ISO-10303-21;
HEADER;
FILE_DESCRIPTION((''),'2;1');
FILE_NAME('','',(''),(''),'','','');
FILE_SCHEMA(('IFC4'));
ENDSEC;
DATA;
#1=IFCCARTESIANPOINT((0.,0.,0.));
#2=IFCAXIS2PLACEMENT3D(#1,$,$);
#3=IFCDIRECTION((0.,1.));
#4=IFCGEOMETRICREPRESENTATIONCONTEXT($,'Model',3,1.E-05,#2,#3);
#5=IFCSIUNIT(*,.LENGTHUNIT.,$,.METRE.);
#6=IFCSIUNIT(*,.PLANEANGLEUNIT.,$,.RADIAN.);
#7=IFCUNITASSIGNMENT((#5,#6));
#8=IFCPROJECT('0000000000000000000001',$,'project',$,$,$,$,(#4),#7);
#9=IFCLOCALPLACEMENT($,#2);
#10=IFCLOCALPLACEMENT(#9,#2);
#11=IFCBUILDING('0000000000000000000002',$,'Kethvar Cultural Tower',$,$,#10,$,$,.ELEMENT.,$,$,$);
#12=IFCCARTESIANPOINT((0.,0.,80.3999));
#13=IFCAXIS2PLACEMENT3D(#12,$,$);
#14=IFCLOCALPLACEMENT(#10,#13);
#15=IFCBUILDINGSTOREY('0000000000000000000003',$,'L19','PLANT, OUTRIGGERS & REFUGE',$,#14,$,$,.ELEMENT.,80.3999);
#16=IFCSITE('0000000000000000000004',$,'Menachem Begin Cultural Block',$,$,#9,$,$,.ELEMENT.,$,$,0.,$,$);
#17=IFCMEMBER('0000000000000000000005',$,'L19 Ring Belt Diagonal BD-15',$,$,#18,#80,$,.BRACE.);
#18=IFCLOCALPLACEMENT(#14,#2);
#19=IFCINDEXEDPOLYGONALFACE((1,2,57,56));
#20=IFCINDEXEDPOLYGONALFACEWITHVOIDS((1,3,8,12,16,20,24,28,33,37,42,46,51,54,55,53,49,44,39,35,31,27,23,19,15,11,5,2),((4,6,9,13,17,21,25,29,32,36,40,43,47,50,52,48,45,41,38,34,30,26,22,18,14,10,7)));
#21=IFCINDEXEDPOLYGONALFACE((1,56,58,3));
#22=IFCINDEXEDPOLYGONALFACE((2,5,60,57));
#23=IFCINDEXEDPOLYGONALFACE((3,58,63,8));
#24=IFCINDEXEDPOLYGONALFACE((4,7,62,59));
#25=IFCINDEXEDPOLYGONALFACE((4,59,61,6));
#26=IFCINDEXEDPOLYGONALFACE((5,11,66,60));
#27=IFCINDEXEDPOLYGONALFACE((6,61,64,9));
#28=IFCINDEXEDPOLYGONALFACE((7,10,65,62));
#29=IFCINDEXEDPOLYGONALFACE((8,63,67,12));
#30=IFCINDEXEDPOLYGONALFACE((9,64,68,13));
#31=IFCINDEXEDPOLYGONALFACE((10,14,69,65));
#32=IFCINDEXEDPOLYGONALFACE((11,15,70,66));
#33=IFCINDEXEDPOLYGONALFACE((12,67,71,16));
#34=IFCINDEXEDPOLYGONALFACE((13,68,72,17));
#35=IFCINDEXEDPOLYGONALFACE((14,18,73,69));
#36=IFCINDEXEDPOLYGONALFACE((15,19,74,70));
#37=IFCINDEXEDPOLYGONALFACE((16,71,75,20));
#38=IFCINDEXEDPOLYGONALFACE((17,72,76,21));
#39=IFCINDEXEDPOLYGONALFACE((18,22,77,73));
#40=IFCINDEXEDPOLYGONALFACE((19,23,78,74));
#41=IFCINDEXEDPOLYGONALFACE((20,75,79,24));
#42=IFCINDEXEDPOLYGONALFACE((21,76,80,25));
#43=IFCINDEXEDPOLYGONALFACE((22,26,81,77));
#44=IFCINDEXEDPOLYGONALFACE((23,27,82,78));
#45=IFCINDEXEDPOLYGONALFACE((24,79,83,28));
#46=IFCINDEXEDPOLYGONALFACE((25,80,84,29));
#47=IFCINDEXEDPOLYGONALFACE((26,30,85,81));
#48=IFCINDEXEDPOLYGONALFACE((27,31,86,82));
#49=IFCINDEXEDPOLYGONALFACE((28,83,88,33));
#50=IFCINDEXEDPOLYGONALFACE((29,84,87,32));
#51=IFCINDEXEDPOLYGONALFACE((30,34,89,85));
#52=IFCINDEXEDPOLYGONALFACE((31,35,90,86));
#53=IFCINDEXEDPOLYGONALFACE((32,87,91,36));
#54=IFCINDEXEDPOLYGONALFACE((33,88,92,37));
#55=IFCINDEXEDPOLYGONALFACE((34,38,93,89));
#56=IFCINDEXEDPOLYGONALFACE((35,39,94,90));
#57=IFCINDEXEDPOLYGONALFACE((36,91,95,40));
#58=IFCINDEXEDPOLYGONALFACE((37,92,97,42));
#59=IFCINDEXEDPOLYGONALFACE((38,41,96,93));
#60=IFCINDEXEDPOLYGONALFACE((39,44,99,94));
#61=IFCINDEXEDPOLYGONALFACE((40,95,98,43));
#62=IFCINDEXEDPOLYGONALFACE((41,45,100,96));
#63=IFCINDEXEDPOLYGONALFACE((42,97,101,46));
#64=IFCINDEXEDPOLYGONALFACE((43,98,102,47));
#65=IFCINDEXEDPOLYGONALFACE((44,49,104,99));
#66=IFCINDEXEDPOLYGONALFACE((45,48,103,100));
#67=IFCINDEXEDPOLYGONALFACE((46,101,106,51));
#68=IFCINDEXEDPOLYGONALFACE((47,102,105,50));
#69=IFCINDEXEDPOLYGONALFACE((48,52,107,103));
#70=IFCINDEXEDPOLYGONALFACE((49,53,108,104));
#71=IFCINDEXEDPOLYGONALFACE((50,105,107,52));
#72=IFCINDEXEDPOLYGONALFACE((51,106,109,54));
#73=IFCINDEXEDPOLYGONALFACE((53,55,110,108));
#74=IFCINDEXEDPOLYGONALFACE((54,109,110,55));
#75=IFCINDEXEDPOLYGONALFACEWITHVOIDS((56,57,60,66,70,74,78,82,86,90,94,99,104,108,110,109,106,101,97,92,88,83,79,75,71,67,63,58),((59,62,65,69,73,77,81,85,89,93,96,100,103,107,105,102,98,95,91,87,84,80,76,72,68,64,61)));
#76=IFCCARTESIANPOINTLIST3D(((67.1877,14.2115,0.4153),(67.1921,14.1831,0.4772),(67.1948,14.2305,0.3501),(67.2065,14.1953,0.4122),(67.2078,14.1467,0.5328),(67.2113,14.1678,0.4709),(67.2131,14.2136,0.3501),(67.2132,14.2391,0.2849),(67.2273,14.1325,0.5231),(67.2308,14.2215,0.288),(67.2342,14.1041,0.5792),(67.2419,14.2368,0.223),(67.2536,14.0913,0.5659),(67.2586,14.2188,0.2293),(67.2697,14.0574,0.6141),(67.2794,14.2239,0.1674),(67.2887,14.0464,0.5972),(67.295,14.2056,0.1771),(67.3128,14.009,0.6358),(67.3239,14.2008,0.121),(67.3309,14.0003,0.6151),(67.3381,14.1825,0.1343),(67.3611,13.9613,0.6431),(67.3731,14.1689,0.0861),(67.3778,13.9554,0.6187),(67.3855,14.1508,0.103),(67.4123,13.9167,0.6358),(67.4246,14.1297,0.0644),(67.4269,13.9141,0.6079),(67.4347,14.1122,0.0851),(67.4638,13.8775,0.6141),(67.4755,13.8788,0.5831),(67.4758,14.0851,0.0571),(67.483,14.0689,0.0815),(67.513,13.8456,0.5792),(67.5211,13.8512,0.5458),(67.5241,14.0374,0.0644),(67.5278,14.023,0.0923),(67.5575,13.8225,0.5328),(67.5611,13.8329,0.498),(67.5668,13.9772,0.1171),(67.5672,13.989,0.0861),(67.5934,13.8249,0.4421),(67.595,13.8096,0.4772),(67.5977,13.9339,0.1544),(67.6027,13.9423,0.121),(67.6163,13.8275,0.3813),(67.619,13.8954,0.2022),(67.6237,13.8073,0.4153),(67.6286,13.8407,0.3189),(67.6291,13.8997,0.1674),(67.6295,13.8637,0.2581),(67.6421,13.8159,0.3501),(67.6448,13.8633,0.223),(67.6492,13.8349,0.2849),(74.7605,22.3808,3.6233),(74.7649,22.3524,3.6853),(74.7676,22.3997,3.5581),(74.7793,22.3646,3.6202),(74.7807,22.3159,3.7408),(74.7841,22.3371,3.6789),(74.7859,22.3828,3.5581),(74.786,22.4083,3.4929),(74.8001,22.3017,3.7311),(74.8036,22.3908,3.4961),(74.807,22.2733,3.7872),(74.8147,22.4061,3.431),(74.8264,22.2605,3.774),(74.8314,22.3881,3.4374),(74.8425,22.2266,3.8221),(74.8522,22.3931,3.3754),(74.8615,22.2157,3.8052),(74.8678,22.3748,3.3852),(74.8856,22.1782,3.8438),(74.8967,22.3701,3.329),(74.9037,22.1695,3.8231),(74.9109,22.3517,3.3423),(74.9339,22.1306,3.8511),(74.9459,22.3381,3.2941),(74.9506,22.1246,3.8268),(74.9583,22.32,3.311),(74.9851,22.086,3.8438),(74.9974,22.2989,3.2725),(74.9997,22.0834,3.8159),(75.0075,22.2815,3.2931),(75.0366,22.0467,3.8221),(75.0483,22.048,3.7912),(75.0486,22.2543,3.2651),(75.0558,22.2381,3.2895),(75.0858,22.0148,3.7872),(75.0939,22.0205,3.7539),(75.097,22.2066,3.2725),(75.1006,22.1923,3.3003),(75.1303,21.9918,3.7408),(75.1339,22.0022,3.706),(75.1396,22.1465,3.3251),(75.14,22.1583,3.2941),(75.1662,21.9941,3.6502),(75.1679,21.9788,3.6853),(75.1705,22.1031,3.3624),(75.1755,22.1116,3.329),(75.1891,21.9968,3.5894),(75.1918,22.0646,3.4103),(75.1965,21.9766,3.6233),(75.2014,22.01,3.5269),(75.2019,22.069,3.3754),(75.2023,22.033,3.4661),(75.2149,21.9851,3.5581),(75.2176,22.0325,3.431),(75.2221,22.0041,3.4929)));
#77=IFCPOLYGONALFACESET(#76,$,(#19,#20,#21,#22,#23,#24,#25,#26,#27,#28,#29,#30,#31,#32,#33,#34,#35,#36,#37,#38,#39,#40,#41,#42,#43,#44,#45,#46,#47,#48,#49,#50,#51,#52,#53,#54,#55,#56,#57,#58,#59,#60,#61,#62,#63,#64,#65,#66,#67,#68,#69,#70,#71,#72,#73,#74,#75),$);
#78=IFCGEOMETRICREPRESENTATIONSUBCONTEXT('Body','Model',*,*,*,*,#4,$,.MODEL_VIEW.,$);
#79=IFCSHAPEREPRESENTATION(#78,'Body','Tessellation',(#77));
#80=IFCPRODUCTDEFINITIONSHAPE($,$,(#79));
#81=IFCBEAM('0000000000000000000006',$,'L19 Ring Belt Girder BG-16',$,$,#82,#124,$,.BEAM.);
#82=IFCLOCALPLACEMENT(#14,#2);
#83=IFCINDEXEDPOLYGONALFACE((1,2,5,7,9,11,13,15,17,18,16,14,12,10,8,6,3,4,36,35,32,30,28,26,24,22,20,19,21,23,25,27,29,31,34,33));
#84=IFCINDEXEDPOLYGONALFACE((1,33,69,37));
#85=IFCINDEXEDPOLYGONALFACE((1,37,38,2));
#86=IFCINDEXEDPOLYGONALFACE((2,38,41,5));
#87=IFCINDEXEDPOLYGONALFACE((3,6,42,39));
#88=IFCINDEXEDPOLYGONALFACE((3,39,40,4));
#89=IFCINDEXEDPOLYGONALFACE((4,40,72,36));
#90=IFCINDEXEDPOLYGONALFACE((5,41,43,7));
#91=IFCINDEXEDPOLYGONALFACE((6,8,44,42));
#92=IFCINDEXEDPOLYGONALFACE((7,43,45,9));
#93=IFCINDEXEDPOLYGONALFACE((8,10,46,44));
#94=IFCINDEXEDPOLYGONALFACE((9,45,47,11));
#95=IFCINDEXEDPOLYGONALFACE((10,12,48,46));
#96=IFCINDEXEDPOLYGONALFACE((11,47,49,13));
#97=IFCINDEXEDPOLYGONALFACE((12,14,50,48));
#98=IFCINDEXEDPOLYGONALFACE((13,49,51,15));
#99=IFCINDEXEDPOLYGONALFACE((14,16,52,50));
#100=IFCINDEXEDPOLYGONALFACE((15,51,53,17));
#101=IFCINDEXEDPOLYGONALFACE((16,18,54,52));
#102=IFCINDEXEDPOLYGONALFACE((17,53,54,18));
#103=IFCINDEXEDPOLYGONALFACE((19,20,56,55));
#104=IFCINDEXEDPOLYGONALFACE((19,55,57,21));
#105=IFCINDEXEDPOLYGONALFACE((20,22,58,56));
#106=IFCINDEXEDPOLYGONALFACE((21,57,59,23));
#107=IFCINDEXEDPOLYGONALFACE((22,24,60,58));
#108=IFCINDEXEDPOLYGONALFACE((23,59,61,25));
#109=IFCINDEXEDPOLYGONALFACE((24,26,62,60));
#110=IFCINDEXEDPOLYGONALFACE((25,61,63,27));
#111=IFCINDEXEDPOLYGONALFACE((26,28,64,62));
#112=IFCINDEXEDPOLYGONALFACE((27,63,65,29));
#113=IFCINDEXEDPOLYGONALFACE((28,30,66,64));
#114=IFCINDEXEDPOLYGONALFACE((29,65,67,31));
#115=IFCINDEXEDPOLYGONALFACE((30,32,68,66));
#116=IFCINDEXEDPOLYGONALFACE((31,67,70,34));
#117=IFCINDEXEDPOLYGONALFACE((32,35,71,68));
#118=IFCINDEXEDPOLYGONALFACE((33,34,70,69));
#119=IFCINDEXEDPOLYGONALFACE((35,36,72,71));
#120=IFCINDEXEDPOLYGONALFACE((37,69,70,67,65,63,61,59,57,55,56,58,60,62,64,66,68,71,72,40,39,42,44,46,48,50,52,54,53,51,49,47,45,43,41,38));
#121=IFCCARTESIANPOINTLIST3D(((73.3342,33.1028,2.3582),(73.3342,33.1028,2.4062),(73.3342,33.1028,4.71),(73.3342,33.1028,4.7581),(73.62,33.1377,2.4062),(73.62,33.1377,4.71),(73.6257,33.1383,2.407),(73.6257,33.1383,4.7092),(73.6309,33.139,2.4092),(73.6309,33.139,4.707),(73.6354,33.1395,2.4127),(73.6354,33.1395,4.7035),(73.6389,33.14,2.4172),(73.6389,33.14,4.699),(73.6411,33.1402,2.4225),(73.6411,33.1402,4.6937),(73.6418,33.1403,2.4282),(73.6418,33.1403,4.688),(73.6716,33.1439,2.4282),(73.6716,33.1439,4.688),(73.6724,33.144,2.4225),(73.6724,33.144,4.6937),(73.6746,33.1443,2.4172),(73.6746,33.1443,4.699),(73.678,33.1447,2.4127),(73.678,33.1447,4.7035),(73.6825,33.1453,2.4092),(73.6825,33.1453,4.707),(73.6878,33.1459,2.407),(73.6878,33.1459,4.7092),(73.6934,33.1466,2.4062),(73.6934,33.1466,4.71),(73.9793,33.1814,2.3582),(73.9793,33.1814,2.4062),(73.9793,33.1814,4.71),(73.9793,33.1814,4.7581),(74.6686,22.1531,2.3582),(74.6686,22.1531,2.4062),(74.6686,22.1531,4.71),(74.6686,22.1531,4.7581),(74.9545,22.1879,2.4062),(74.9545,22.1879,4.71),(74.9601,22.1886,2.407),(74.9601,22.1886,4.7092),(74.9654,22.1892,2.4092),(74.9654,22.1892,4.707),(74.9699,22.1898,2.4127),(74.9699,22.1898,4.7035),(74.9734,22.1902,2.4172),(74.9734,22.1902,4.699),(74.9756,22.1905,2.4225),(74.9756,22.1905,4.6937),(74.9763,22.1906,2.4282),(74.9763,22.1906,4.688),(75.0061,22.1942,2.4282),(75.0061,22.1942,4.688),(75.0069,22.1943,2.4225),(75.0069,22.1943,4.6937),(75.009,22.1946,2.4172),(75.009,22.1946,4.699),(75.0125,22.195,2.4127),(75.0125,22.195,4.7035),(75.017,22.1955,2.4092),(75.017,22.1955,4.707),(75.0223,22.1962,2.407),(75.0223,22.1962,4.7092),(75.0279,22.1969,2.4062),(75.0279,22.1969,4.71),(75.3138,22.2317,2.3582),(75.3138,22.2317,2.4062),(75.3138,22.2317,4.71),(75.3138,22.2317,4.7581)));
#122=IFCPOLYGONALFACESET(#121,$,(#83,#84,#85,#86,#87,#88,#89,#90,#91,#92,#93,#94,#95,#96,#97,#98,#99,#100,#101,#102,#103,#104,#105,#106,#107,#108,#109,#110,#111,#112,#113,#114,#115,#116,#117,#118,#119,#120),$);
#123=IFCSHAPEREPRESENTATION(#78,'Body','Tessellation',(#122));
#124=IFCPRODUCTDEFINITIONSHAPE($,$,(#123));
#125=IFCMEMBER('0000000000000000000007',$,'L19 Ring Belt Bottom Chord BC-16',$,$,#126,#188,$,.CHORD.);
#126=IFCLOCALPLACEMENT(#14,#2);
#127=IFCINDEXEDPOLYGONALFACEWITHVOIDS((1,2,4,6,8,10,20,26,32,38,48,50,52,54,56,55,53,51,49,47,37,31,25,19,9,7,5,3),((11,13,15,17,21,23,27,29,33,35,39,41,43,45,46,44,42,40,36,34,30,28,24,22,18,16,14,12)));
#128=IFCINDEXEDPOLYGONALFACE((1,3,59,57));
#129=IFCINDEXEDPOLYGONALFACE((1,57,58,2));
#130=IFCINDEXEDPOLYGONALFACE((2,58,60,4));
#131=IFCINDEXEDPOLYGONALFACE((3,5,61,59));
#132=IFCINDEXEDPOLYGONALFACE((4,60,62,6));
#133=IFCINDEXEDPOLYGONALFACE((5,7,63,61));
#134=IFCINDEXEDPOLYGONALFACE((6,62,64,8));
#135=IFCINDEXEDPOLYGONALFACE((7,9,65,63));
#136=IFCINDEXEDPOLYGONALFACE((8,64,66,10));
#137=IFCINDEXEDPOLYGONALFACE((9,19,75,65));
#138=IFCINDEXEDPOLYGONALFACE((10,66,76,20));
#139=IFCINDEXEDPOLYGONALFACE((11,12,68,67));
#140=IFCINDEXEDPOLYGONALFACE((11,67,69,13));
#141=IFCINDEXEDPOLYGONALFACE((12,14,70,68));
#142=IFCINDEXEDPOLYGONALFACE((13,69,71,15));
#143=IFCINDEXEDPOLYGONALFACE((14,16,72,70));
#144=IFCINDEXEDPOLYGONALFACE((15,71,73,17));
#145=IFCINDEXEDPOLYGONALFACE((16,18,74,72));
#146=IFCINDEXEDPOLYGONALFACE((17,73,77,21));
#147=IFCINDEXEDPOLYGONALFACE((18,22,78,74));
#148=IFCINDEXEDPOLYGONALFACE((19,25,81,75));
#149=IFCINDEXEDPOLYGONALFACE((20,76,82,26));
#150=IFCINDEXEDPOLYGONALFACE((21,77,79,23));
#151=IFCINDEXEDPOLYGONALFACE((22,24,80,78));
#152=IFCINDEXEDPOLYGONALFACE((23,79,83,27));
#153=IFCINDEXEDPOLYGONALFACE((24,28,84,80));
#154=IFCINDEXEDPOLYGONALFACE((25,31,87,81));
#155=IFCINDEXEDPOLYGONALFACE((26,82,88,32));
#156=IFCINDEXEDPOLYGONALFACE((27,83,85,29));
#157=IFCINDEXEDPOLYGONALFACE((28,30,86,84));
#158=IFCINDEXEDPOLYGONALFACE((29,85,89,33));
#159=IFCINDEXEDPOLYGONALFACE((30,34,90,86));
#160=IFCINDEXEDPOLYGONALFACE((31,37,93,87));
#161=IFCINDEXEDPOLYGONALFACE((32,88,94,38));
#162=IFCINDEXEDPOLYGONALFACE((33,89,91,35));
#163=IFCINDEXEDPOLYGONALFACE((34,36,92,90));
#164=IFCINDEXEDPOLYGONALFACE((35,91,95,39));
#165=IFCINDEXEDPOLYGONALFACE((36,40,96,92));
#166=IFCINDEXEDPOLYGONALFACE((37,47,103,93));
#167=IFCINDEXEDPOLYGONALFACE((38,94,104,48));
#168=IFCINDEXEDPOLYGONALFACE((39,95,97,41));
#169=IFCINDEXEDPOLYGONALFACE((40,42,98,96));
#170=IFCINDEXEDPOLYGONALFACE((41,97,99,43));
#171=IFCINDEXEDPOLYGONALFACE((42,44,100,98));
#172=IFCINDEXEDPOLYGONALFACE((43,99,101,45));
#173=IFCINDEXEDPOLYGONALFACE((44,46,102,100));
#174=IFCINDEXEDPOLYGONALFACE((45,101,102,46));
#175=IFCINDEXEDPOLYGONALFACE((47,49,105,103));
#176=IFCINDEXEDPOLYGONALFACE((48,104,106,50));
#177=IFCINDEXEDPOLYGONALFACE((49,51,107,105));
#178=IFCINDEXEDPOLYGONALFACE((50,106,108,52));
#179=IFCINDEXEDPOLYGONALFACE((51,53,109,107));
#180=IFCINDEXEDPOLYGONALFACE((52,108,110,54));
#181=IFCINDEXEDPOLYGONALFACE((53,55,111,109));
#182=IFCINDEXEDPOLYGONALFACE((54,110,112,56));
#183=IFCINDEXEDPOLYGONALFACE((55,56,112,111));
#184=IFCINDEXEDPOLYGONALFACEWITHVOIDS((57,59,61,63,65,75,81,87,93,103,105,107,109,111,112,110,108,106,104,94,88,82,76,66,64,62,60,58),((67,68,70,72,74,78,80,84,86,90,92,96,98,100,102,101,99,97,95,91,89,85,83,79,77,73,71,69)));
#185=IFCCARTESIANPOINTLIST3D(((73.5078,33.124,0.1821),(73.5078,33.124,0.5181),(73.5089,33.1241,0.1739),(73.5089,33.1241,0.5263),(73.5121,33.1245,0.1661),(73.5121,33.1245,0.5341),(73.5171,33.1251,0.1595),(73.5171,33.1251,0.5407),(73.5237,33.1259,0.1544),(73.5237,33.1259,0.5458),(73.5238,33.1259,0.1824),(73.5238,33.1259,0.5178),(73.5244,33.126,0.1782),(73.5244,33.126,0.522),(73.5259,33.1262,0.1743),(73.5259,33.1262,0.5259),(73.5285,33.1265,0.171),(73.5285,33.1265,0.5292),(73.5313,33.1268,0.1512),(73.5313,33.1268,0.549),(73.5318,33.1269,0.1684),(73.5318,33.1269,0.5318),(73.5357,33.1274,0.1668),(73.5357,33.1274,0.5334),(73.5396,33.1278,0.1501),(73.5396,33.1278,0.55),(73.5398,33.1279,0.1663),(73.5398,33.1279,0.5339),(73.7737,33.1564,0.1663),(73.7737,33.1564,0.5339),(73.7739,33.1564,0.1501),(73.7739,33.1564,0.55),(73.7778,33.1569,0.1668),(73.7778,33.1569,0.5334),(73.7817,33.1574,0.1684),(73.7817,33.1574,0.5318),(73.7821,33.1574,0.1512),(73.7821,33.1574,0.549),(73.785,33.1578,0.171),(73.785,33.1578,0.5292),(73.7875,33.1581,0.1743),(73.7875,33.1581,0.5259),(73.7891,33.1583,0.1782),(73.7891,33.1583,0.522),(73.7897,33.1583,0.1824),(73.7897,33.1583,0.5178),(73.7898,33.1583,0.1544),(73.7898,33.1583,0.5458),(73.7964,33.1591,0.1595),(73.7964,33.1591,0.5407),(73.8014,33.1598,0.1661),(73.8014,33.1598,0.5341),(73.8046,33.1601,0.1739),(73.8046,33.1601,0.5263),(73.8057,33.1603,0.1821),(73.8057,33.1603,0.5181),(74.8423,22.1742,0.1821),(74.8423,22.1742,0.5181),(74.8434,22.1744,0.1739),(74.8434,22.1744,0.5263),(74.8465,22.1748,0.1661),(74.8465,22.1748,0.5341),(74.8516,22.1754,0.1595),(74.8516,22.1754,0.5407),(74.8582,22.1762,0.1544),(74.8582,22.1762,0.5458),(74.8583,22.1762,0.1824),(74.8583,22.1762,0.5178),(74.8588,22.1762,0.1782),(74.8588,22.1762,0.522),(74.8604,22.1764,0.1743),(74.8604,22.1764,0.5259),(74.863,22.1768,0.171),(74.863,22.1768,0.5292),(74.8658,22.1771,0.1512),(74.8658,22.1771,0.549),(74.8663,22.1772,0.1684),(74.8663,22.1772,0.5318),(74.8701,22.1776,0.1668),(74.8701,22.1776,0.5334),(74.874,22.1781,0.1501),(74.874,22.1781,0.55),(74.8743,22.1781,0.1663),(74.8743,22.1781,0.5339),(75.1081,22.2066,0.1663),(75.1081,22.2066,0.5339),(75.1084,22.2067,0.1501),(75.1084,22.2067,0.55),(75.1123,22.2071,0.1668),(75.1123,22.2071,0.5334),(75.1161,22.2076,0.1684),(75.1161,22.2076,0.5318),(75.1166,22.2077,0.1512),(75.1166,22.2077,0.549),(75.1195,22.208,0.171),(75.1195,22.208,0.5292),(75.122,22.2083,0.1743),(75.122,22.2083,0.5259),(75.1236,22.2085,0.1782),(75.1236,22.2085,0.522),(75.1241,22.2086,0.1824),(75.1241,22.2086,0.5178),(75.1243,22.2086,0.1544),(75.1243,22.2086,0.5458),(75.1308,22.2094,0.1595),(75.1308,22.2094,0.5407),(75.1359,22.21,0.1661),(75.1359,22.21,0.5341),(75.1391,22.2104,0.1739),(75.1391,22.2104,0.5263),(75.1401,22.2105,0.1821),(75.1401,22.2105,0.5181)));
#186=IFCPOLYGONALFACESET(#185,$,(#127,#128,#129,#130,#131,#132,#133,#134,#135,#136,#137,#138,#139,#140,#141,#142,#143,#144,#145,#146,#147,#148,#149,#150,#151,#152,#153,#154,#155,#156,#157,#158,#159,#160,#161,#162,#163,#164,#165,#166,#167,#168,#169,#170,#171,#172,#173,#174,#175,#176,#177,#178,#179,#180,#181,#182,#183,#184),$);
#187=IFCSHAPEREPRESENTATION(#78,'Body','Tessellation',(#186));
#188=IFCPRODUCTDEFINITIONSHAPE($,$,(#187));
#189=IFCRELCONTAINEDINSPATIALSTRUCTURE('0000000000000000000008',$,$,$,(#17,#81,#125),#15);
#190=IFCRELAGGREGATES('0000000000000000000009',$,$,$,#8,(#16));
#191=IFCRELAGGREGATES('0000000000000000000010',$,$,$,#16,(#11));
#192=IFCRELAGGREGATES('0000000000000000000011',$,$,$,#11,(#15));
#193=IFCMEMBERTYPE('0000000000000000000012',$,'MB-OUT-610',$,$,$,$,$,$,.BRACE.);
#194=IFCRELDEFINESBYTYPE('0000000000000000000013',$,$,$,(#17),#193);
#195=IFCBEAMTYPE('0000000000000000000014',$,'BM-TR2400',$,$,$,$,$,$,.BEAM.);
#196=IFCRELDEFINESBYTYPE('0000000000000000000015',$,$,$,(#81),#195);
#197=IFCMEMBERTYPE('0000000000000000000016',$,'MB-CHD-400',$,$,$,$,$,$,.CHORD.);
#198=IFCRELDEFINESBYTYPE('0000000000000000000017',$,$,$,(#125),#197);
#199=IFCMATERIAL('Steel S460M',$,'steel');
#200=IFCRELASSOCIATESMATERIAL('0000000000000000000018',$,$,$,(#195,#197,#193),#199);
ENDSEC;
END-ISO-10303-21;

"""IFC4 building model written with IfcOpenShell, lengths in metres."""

from ifc_helpers import new_model, si_unit, direction, frame, origin, origin_2d, place, context, subcontext, project, spatial, hollow_rectangle, hollow_circle, i_section, extrude, source, transform, mapped, material, material_profile, profile_set, type_object, element, save


model = new_model("IFC4")

# Units and contexts
model_context = context("Model", 3, precision=1e-05, world=origin(), true_north=direction((0.0, 1.0)))
body_context = subcontext(model_context, "Body", "Model", "MODEL_VIEW")
ifc_project = project(units=[si_unit("LENGTHUNIT", "METRE"), si_unit("PLANEANGLEUNIT", "RADIAN")], contexts=[model_context])

# Site, building, storey
site_placement = place(None, origin())
site = spatial("IfcSite", under=ifc_project, at=site_placement, Name="Menachem Begin Cultural Block", CompositionType="ELEMENT", RefElevation=0.0)
building_placement = place(site_placement, origin())
building = spatial("IfcBuilding", under=site, at=building_placement, Name="Kethvar Cultural Tower", CompositionType="ELEMENT")
storey_placement = place(building_placement, frame((0.0, 0.0, 80.3999)))
storey = spatial("IfcBuildingStorey", under=building, at=storey_placement, Name="L19", Description="PLANT, OUTRIGGERS & REFUGE", CompositionType="ELEMENT", Elevation=80.3999)

# Shared definitions
ifc_material_1 = material(Name="Steel S460M", Category="steel")

# Shared definitions
ifc_material_profile_1 = material_profile(ifc_material_1, i_section(OverallWidth=0.6499, OverallDepth=2.3999, WebThickness=0.03, FlangeThickness=0.0481, FilletRadius=0.022, at=origin_2d()), Name="Steel S460M — PG2400x650x48x30")
ifc_profile_set_1 = profile_set([ifc_material_profile_1], Name="Steel S460M — PG2400x650x48x30")
beam_type = type_object("IfcBeamType", Name="BM-TR2400", PredefinedType="BEAM", material=ifc_profile_set_1)

# Member
ifc_material_profile_2 = material_profile(ifc_material_1, hollow_rectangle(XDim=0.3, YDim=0.3999, WallThickness=0.0161, InnerFilletRadius=0.0161, OuterFilletRadius=0.032, at=origin_2d()), Name="Steel S460M — RHS400x300x16")
ifc_profile_set_2 = profile_set([ifc_material_profile_2], Name="Steel S460M — RHS400x300x16")
member_type_1 = type_object("IfcMemberType", Name="MB-CHD-400", PredefinedType="CHORD", material=ifc_profile_set_2)
ifc_material_profile_3 = material_profile(ifc_material_1, hollow_circle(Radius=0.3049, WallThickness=0.0249, at=origin_2d()), Name="Steel S460M — CHS610x25")
ifc_profile_set_3 = profile_set([ifc_material_profile_3], Name="Steel S460M — CHS610x25")
member_type_2 = type_object("IfcMemberType", Name="MB-OUT-610", PredefinedType="BRACE", material=ifc_profile_set_3)
shared_shape_1 = source(origin(), body_context, "Body", "SweptSolid", [
    extrude(hollow_circle(Radius=0.3049, WallThickness=0.0249, at=origin_2d()), origin(), (0.0, 0.0, 1.0), 11.592),
])
member_1_placement = place(storey_placement, frame((67.4185, 14.0232, 0.3501), z_axis=(0.653276, 0.704729, 0.276744), x_axis=(-0.733372, 0.679828, 0.0)))
element("IfcMember", 1, at=member_1_placement, inside=storey, type_object=member_type_2, Name="L19 Ring Belt Diagonal BD-15", PredefinedType="BRACE", context=body_context, shape_type="MappedRepresentation", body=[
    mapped(shared_shape_1, transform((0.0, 0.0, 0.0), scale=1.0)),
])

# Beam
shared_shape_2 = source(origin(), body_context, "Body", "SweptSolid", [
    extrude(i_section(OverallWidth=0.6499, OverallDepth=2.3999, WebThickness=0.03, FlangeThickness=0.0481, FilletRadius=0.022, at=origin_2d()), origin(), (0.0, 0.0, 1.0), 11.0308),
])
beam_1_placement = place(storey_placement, frame((74.9912, 22.1924, 3.5581), z_axis=(-0.120978, 0.992655, 0.0), x_axis=(-0.992655, -0.120978, 0.0)))
element("IfcBeam", 2, at=beam_1_placement, inside=storey, type_object=beam_type, Name="L19 Ring Belt Girder BG-16", PredefinedType="BEAM", context=body_context, shape_type="MappedRepresentation", body=[
    mapped(shared_shape_2, transform((0.0, 0.0, 0.0), scale=1.0)),
])

# Member
shared_shape_3 = source(origin(), body_context, "Body", "SweptSolid", [
    extrude(hollow_rectangle(XDim=0.3, YDim=0.3999, WallThickness=0.0161, InnerFilletRadius=0.0161, OuterFilletRadius=0.032, at=origin_2d()), origin(), (0.0, 0.0, 1.0), 11.0308),
])
member_2_placement = place(storey_placement, frame((74.9912, 22.1924, 0.3501), z_axis=(-0.120978, 0.992655, 0.0), x_axis=(-0.992655, -0.120978, 0.0)))
element("IfcMember", 3, at=member_2_placement, inside=storey, type_object=member_type_1, Name="L19 Ring Belt Bottom Chord BC-16", PredefinedType="CHORD", context=body_context, shape_type="MappedRepresentation", body=[
    mapped(shared_shape_3, transform((0.0, 0.0, 0.0), scale=1.0)),
])

save(model, "model.ifc")
